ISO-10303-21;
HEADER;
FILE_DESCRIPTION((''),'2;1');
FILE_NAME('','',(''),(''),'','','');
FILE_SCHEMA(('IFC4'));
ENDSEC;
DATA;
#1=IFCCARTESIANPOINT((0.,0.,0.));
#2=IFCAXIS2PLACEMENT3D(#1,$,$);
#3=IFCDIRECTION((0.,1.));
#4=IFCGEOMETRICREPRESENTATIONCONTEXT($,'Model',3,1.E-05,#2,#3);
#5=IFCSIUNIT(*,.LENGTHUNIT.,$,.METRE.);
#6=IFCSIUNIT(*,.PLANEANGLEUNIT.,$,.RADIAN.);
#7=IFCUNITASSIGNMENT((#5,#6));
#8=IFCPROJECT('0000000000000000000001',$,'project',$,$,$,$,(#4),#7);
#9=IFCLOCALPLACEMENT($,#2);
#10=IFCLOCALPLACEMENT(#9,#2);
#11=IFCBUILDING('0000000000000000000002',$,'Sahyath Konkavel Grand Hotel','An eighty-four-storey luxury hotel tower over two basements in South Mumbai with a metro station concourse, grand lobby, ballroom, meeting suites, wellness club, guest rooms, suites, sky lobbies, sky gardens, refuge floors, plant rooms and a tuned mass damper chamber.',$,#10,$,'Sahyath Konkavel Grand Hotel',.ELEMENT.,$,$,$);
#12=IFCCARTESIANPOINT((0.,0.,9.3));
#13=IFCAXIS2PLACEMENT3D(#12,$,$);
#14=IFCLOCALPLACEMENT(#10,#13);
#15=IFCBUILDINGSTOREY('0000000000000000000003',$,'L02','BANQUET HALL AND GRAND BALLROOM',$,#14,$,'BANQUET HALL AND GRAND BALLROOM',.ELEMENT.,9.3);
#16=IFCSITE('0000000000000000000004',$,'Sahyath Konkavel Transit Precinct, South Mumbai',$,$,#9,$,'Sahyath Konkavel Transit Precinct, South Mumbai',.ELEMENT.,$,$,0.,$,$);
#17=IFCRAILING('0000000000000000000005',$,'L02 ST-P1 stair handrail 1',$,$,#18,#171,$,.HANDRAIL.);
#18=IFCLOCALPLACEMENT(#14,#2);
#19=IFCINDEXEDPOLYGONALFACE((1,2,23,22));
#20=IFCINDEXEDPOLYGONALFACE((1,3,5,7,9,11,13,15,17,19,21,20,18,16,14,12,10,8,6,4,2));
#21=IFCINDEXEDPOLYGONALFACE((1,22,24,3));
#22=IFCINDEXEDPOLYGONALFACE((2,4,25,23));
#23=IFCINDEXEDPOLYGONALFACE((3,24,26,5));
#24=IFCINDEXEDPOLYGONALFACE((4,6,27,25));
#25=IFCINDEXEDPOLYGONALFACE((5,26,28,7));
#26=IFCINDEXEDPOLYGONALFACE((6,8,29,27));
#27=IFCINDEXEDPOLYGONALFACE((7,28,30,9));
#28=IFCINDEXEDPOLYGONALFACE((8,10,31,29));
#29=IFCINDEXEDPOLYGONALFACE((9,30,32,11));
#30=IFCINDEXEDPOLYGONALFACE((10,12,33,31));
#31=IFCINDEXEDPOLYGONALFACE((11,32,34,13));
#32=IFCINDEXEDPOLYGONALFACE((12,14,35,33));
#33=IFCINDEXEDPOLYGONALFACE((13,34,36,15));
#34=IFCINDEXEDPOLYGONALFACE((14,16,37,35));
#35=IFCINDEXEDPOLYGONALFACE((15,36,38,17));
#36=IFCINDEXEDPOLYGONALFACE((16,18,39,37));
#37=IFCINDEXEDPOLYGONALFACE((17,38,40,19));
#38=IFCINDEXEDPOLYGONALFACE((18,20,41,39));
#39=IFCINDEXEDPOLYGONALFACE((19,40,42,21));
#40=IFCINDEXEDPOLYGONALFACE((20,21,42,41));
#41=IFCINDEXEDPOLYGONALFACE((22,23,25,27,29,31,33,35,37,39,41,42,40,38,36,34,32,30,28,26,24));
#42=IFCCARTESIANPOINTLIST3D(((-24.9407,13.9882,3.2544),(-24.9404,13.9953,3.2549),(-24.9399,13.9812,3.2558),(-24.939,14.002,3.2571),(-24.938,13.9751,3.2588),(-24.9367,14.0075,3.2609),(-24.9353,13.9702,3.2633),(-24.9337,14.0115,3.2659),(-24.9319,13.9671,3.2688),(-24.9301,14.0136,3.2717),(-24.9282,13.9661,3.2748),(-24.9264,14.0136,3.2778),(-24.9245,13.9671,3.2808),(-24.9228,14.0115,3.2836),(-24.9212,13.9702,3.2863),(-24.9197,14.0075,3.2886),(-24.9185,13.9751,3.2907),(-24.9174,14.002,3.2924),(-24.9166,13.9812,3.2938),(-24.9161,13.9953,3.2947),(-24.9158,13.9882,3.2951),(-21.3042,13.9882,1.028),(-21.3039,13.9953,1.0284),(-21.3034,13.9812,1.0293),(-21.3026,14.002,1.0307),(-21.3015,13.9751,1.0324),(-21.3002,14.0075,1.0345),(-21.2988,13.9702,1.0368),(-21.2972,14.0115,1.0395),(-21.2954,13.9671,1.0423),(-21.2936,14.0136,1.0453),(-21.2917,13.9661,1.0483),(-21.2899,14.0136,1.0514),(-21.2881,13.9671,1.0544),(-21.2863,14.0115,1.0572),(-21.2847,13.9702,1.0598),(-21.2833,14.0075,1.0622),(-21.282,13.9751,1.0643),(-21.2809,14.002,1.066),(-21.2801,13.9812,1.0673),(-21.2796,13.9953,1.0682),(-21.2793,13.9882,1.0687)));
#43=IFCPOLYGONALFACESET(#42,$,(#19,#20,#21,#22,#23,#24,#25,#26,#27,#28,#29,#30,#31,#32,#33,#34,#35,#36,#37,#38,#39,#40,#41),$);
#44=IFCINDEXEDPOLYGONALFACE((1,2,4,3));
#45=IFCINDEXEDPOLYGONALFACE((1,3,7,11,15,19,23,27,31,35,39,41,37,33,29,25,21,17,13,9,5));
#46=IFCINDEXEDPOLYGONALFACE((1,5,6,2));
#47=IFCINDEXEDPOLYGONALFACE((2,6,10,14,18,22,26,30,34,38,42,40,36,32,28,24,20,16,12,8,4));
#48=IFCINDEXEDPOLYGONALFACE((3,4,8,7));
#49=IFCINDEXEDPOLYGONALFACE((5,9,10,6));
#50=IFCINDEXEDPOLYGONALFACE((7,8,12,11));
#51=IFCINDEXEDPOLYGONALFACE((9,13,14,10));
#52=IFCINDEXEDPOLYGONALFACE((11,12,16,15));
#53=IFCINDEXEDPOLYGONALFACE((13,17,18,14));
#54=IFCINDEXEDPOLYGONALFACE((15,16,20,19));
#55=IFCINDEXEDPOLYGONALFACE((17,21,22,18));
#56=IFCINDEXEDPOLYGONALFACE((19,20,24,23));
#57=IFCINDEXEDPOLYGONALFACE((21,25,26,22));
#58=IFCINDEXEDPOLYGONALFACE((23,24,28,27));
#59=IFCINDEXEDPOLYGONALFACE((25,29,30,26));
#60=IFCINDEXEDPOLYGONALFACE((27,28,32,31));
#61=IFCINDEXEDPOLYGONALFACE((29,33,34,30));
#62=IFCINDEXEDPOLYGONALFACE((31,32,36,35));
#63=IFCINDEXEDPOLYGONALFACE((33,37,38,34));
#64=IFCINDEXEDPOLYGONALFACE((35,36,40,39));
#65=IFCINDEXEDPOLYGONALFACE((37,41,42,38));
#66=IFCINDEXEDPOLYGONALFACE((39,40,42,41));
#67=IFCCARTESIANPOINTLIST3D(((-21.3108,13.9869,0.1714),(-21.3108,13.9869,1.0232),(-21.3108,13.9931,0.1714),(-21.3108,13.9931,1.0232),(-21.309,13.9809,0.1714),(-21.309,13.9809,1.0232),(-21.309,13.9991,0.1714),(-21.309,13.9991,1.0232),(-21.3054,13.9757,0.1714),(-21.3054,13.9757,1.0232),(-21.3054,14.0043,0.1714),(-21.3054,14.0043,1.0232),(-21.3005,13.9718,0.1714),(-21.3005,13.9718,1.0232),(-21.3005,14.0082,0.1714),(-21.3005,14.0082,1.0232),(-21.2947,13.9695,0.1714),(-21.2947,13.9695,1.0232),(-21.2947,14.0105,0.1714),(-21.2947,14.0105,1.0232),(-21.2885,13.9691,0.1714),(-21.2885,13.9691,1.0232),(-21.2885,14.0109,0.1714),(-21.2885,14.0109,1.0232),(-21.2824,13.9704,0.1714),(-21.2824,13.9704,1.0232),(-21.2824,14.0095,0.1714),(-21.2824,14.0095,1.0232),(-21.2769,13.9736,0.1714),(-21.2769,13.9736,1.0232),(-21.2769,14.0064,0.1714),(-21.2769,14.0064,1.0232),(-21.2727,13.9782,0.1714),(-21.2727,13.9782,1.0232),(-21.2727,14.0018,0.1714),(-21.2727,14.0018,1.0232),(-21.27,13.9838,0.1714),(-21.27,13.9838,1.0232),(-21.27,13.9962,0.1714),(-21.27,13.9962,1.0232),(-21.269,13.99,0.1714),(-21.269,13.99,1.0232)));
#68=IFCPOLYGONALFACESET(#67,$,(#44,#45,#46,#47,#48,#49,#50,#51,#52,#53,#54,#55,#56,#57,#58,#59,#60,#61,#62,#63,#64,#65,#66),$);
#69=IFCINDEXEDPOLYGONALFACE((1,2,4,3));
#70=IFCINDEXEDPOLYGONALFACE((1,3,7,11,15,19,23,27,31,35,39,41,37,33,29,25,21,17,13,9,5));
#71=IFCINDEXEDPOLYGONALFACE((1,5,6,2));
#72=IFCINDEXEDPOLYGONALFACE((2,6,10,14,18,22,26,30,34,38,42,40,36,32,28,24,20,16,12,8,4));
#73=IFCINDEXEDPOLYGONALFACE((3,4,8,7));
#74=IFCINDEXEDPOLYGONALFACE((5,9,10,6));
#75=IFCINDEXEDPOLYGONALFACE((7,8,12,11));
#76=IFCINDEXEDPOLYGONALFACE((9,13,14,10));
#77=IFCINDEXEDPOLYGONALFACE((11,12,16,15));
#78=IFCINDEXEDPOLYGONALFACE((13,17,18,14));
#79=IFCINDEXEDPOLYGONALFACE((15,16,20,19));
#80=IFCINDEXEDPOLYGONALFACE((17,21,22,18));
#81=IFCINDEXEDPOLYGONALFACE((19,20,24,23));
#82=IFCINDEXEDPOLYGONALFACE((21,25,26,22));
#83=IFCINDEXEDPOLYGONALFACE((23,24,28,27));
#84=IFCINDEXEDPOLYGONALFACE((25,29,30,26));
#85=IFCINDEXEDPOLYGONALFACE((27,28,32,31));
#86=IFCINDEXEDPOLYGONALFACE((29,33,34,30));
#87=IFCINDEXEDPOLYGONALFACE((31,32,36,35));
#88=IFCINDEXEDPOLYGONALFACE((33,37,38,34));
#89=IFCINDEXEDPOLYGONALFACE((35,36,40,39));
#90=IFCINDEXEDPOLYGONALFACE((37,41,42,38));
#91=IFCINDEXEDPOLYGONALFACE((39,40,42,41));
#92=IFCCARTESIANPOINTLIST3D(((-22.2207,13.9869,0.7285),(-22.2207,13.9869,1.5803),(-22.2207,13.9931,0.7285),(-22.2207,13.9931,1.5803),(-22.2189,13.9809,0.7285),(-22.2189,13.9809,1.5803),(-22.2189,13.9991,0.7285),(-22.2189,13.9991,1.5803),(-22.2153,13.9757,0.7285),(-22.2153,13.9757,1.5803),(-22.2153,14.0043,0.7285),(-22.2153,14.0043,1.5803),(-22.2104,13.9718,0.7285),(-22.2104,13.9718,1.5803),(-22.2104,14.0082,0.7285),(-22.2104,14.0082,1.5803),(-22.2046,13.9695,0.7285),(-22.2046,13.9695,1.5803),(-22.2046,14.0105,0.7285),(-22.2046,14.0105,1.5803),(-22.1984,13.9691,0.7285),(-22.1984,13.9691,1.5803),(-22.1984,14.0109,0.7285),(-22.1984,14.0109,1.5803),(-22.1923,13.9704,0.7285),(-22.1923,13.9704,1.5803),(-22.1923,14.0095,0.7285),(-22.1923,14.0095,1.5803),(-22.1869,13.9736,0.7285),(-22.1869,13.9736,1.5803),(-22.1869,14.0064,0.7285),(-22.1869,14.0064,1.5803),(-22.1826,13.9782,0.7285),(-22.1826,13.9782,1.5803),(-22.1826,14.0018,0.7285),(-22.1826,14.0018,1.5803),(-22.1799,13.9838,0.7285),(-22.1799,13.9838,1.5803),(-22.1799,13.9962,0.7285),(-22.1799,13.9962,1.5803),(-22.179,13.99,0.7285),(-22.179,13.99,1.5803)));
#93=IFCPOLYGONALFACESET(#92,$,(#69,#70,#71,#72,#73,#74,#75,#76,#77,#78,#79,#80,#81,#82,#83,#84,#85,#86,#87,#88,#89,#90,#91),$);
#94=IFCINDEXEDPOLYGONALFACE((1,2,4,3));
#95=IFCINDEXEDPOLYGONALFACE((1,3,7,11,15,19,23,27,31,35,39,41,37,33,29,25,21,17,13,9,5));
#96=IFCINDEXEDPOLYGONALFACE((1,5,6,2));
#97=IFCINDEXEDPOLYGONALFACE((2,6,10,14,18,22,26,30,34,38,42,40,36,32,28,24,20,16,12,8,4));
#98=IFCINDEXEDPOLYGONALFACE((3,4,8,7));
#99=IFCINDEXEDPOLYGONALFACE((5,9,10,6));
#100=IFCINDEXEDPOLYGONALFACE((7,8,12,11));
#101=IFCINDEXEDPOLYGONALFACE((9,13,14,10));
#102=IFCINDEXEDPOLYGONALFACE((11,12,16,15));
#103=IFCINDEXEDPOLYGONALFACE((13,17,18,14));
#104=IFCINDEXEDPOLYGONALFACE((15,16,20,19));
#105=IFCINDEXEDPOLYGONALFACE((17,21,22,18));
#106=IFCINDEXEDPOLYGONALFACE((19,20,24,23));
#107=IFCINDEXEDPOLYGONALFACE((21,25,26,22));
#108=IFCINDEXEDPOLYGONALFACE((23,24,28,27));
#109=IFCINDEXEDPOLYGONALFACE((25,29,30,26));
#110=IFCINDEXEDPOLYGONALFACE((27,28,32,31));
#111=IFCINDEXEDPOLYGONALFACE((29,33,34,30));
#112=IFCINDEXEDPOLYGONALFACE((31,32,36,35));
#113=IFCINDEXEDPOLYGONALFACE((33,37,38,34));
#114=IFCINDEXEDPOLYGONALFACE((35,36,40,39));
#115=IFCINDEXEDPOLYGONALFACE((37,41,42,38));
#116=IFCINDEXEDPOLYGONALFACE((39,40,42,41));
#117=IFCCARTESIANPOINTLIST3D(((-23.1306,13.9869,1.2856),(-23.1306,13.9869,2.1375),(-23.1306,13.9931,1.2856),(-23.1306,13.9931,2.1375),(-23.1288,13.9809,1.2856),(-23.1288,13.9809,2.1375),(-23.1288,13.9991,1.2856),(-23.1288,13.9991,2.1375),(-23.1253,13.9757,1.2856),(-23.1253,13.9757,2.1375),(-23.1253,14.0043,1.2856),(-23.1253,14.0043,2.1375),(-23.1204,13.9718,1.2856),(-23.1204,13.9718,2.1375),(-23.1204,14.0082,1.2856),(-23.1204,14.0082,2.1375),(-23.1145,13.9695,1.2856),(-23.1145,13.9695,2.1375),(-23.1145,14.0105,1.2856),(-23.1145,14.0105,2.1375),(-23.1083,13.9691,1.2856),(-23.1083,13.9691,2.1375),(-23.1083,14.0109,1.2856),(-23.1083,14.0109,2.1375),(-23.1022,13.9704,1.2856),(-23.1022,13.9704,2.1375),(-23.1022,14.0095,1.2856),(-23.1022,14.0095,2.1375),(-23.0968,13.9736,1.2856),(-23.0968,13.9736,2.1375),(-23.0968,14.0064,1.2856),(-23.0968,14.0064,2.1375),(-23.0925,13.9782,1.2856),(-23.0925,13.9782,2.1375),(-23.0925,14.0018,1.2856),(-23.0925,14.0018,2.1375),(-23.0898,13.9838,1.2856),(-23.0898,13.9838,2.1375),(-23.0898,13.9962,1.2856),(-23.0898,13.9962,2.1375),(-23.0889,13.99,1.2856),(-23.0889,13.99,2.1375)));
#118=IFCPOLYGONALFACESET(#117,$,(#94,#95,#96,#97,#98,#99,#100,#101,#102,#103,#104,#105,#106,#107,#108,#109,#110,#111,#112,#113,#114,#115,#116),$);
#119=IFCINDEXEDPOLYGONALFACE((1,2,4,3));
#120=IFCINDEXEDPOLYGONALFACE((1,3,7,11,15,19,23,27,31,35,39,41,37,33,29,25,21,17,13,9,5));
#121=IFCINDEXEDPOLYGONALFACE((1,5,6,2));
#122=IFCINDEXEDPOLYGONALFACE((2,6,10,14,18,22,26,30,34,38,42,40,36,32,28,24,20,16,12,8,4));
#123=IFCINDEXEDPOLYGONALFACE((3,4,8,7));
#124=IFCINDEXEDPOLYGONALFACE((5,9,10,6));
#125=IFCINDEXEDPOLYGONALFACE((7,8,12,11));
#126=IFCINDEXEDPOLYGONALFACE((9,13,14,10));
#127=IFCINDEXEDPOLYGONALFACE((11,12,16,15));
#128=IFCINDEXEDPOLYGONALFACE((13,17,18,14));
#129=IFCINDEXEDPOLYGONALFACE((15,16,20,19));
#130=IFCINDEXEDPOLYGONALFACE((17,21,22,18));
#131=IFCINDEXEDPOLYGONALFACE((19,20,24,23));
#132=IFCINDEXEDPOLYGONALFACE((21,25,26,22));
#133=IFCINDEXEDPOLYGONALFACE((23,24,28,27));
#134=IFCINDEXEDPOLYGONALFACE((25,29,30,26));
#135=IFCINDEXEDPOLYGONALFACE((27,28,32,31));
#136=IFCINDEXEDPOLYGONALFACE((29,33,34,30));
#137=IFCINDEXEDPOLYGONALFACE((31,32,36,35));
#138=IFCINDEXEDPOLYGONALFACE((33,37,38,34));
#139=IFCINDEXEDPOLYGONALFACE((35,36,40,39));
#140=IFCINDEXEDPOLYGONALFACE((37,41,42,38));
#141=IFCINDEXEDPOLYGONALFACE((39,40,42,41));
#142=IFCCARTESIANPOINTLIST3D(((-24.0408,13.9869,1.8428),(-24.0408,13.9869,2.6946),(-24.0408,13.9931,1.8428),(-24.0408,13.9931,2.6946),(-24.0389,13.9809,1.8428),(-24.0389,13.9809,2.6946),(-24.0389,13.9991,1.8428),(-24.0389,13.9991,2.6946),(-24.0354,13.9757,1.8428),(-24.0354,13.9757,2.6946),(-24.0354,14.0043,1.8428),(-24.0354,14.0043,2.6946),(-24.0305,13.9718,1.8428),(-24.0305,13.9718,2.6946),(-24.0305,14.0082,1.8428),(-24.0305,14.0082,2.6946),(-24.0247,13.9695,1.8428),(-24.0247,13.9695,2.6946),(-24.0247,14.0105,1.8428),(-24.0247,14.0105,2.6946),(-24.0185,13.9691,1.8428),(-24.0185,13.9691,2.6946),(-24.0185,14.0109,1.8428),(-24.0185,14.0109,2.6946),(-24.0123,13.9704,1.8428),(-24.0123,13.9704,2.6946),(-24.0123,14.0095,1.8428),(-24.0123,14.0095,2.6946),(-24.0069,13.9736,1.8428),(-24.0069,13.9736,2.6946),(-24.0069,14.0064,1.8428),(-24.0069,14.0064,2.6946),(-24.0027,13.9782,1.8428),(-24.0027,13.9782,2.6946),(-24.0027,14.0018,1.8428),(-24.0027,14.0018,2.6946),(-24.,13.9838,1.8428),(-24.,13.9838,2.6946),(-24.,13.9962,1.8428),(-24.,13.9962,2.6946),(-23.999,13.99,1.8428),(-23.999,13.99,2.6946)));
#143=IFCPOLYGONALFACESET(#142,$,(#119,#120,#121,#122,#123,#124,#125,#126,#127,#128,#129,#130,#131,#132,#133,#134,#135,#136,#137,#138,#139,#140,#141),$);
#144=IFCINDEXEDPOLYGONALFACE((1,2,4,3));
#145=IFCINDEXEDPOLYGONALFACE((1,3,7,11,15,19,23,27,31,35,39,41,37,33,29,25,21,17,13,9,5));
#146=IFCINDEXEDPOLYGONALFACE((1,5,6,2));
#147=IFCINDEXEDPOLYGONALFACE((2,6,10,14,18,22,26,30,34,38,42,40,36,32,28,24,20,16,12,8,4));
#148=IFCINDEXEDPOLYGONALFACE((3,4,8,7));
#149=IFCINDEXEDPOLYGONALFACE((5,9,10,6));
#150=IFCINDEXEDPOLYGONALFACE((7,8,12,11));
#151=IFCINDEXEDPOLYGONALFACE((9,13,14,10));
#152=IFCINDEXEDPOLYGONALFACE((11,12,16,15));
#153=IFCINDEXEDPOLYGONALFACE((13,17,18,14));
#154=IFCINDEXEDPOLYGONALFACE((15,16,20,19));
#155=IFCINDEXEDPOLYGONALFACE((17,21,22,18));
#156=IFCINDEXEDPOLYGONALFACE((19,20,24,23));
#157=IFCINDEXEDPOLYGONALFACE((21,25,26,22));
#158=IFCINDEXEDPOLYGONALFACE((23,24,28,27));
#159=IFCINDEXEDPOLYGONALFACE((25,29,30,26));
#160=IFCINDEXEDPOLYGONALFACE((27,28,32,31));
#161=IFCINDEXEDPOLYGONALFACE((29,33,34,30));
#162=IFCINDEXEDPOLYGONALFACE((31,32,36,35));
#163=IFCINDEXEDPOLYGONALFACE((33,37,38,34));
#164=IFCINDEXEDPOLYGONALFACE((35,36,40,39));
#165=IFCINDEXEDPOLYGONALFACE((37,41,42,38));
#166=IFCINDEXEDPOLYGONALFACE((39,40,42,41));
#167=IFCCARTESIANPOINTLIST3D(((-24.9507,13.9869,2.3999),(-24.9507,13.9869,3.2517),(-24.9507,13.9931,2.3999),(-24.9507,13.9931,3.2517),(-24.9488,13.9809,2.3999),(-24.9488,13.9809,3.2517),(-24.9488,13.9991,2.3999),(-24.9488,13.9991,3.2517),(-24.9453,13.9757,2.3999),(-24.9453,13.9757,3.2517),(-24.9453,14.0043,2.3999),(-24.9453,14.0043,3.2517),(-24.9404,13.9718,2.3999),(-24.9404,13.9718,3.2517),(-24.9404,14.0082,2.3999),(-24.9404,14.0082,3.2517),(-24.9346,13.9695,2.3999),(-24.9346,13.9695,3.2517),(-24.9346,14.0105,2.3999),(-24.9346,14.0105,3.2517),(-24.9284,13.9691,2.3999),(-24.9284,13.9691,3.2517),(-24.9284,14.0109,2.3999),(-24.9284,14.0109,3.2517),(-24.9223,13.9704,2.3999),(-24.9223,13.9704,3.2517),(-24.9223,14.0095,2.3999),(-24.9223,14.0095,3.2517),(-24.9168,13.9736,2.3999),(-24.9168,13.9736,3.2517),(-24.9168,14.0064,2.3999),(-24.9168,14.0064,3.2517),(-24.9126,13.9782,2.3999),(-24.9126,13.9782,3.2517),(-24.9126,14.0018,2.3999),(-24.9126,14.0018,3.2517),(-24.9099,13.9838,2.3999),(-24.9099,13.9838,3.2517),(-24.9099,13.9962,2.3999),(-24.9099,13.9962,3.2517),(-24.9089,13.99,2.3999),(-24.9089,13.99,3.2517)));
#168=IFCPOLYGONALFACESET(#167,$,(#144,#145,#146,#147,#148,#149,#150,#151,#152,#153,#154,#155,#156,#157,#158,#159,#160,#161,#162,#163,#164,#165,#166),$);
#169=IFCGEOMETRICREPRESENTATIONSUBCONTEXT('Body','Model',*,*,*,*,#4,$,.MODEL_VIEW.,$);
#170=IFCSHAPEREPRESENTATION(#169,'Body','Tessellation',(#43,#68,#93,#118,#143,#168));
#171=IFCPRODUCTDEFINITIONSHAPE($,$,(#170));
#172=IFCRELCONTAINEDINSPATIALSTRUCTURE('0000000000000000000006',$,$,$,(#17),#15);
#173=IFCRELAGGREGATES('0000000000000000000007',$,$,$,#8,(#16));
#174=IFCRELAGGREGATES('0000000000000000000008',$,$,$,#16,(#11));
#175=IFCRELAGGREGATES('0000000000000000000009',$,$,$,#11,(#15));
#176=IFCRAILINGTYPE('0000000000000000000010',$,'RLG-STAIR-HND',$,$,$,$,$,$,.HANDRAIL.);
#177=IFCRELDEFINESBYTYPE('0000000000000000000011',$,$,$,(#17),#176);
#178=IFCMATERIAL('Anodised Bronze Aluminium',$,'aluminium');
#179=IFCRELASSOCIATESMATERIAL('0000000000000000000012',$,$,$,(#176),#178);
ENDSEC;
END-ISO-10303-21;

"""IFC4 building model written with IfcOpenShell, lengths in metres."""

from ifc_helpers import new_model, si_unit, direction, frame, origin, origin_2d, place, context, subcontext, project, spatial, circle, extrude, material, type_object, element, save


model = new_model("IFC4")

# Units and contexts
model_context = context("Model", 3, precision=1e-05, world=origin(), true_north=direction((0.0, 1.0)))
body_context = subcontext(model_context, "Body", "Model", "MODEL_VIEW")
ifc_project = project(units=[si_unit("LENGTHUNIT", "METRE"), si_unit("PLANEANGLEUNIT", "RADIAN")], contexts=[model_context])

# Site, building, storey
site_placement = place(None, origin())
site = spatial("IfcSite", under=ifc_project, at=site_placement, Name="Sahyath Konkavel Transit Precinct, South Mumbai", LongName="Sahyath Konkavel Transit Precinct, South Mumbai", CompositionType="ELEMENT", RefElevation=0.0)
building_placement = place(site_placement, origin())
building = spatial("IfcBuilding", under=site, at=building_placement, Name="Sahyath Konkavel Grand Hotel", Description="An eighty-four-storey luxury hotel tower over two basements in South Mumbai with a metro station concourse, grand lobby, ballroom, meeting suites, wellness club, guest rooms, suites, sky lobbies, sky gardens, refuge floors, plant rooms and a tuned mass damper chamber.", LongName="Sahyath Konkavel Grand Hotel", CompositionType="ELEMENT")
storey_placement = place(building_placement, frame((0.0, 0.0, 9.3)))
storey = spatial("IfcBuildingStorey", under=building, at=storey_placement, Name="L02", Description="BANQUET HALL AND GRAND BALLROOM", LongName="BANQUET HALL AND GRAND BALLROOM", CompositionType="ELEMENT", Elevation=9.3)

# Shared definitions
ifc_material_1 = material(Name="Anodised Bronze Aluminium", Category="aluminium")

# Railing
railing_type_1 = type_object("IfcRailingType", Name="RLG-STAIR-HND", PredefinedType="HANDRAIL", material=ifc_material_1)
railing_1_placement = place(storey_placement, frame((-21.29, 13.99, 0.1714)))
element("IfcRailing", 1, at=railing_1_placement, inside=storey, type_object=railing_type_1, Name="L02 ST-P1 stair handrail 1", PredefinedType="HANDRAIL", context=body_context, shape_type="SweptSolid", body=[
    extrude(circle(Radius=0.0239, at=origin_2d()), frame((-0.0017, 0.0, 0.877), z_axis=(-0.85285, 0.0, 0.522156), x_axis=(0.0, -1.0, 0.0)), (0.0, 0.0, 1.0), 4.2639),
    extrude(circle(Radius=0.021, at=origin_2d()), origin(), (0.0, 0.0, 1.0), 0.8518),
    extrude(circle(Radius=0.021, at=origin_2d()), frame((-0.9099, 0.0, 0.5571)), (0.0, 0.0, 1.0), 0.8518),
    extrude(circle(Radius=0.021, at=origin_2d()), frame((-1.8198, 0.0, 1.1143)), (0.0, 0.0, 1.0), 0.8518),
    extrude(circle(Radius=0.021, at=origin_2d()), frame((-2.73, 0.0, 1.6714)), (0.0, 0.0, 1.0), 0.8518),
    extrude(circle(Radius=0.021, at=origin_2d()), frame((-3.6399, 0.0, 2.2285)), (0.0, 0.0, 1.0), 0.8518),
])

save(model, "model.ifc")
